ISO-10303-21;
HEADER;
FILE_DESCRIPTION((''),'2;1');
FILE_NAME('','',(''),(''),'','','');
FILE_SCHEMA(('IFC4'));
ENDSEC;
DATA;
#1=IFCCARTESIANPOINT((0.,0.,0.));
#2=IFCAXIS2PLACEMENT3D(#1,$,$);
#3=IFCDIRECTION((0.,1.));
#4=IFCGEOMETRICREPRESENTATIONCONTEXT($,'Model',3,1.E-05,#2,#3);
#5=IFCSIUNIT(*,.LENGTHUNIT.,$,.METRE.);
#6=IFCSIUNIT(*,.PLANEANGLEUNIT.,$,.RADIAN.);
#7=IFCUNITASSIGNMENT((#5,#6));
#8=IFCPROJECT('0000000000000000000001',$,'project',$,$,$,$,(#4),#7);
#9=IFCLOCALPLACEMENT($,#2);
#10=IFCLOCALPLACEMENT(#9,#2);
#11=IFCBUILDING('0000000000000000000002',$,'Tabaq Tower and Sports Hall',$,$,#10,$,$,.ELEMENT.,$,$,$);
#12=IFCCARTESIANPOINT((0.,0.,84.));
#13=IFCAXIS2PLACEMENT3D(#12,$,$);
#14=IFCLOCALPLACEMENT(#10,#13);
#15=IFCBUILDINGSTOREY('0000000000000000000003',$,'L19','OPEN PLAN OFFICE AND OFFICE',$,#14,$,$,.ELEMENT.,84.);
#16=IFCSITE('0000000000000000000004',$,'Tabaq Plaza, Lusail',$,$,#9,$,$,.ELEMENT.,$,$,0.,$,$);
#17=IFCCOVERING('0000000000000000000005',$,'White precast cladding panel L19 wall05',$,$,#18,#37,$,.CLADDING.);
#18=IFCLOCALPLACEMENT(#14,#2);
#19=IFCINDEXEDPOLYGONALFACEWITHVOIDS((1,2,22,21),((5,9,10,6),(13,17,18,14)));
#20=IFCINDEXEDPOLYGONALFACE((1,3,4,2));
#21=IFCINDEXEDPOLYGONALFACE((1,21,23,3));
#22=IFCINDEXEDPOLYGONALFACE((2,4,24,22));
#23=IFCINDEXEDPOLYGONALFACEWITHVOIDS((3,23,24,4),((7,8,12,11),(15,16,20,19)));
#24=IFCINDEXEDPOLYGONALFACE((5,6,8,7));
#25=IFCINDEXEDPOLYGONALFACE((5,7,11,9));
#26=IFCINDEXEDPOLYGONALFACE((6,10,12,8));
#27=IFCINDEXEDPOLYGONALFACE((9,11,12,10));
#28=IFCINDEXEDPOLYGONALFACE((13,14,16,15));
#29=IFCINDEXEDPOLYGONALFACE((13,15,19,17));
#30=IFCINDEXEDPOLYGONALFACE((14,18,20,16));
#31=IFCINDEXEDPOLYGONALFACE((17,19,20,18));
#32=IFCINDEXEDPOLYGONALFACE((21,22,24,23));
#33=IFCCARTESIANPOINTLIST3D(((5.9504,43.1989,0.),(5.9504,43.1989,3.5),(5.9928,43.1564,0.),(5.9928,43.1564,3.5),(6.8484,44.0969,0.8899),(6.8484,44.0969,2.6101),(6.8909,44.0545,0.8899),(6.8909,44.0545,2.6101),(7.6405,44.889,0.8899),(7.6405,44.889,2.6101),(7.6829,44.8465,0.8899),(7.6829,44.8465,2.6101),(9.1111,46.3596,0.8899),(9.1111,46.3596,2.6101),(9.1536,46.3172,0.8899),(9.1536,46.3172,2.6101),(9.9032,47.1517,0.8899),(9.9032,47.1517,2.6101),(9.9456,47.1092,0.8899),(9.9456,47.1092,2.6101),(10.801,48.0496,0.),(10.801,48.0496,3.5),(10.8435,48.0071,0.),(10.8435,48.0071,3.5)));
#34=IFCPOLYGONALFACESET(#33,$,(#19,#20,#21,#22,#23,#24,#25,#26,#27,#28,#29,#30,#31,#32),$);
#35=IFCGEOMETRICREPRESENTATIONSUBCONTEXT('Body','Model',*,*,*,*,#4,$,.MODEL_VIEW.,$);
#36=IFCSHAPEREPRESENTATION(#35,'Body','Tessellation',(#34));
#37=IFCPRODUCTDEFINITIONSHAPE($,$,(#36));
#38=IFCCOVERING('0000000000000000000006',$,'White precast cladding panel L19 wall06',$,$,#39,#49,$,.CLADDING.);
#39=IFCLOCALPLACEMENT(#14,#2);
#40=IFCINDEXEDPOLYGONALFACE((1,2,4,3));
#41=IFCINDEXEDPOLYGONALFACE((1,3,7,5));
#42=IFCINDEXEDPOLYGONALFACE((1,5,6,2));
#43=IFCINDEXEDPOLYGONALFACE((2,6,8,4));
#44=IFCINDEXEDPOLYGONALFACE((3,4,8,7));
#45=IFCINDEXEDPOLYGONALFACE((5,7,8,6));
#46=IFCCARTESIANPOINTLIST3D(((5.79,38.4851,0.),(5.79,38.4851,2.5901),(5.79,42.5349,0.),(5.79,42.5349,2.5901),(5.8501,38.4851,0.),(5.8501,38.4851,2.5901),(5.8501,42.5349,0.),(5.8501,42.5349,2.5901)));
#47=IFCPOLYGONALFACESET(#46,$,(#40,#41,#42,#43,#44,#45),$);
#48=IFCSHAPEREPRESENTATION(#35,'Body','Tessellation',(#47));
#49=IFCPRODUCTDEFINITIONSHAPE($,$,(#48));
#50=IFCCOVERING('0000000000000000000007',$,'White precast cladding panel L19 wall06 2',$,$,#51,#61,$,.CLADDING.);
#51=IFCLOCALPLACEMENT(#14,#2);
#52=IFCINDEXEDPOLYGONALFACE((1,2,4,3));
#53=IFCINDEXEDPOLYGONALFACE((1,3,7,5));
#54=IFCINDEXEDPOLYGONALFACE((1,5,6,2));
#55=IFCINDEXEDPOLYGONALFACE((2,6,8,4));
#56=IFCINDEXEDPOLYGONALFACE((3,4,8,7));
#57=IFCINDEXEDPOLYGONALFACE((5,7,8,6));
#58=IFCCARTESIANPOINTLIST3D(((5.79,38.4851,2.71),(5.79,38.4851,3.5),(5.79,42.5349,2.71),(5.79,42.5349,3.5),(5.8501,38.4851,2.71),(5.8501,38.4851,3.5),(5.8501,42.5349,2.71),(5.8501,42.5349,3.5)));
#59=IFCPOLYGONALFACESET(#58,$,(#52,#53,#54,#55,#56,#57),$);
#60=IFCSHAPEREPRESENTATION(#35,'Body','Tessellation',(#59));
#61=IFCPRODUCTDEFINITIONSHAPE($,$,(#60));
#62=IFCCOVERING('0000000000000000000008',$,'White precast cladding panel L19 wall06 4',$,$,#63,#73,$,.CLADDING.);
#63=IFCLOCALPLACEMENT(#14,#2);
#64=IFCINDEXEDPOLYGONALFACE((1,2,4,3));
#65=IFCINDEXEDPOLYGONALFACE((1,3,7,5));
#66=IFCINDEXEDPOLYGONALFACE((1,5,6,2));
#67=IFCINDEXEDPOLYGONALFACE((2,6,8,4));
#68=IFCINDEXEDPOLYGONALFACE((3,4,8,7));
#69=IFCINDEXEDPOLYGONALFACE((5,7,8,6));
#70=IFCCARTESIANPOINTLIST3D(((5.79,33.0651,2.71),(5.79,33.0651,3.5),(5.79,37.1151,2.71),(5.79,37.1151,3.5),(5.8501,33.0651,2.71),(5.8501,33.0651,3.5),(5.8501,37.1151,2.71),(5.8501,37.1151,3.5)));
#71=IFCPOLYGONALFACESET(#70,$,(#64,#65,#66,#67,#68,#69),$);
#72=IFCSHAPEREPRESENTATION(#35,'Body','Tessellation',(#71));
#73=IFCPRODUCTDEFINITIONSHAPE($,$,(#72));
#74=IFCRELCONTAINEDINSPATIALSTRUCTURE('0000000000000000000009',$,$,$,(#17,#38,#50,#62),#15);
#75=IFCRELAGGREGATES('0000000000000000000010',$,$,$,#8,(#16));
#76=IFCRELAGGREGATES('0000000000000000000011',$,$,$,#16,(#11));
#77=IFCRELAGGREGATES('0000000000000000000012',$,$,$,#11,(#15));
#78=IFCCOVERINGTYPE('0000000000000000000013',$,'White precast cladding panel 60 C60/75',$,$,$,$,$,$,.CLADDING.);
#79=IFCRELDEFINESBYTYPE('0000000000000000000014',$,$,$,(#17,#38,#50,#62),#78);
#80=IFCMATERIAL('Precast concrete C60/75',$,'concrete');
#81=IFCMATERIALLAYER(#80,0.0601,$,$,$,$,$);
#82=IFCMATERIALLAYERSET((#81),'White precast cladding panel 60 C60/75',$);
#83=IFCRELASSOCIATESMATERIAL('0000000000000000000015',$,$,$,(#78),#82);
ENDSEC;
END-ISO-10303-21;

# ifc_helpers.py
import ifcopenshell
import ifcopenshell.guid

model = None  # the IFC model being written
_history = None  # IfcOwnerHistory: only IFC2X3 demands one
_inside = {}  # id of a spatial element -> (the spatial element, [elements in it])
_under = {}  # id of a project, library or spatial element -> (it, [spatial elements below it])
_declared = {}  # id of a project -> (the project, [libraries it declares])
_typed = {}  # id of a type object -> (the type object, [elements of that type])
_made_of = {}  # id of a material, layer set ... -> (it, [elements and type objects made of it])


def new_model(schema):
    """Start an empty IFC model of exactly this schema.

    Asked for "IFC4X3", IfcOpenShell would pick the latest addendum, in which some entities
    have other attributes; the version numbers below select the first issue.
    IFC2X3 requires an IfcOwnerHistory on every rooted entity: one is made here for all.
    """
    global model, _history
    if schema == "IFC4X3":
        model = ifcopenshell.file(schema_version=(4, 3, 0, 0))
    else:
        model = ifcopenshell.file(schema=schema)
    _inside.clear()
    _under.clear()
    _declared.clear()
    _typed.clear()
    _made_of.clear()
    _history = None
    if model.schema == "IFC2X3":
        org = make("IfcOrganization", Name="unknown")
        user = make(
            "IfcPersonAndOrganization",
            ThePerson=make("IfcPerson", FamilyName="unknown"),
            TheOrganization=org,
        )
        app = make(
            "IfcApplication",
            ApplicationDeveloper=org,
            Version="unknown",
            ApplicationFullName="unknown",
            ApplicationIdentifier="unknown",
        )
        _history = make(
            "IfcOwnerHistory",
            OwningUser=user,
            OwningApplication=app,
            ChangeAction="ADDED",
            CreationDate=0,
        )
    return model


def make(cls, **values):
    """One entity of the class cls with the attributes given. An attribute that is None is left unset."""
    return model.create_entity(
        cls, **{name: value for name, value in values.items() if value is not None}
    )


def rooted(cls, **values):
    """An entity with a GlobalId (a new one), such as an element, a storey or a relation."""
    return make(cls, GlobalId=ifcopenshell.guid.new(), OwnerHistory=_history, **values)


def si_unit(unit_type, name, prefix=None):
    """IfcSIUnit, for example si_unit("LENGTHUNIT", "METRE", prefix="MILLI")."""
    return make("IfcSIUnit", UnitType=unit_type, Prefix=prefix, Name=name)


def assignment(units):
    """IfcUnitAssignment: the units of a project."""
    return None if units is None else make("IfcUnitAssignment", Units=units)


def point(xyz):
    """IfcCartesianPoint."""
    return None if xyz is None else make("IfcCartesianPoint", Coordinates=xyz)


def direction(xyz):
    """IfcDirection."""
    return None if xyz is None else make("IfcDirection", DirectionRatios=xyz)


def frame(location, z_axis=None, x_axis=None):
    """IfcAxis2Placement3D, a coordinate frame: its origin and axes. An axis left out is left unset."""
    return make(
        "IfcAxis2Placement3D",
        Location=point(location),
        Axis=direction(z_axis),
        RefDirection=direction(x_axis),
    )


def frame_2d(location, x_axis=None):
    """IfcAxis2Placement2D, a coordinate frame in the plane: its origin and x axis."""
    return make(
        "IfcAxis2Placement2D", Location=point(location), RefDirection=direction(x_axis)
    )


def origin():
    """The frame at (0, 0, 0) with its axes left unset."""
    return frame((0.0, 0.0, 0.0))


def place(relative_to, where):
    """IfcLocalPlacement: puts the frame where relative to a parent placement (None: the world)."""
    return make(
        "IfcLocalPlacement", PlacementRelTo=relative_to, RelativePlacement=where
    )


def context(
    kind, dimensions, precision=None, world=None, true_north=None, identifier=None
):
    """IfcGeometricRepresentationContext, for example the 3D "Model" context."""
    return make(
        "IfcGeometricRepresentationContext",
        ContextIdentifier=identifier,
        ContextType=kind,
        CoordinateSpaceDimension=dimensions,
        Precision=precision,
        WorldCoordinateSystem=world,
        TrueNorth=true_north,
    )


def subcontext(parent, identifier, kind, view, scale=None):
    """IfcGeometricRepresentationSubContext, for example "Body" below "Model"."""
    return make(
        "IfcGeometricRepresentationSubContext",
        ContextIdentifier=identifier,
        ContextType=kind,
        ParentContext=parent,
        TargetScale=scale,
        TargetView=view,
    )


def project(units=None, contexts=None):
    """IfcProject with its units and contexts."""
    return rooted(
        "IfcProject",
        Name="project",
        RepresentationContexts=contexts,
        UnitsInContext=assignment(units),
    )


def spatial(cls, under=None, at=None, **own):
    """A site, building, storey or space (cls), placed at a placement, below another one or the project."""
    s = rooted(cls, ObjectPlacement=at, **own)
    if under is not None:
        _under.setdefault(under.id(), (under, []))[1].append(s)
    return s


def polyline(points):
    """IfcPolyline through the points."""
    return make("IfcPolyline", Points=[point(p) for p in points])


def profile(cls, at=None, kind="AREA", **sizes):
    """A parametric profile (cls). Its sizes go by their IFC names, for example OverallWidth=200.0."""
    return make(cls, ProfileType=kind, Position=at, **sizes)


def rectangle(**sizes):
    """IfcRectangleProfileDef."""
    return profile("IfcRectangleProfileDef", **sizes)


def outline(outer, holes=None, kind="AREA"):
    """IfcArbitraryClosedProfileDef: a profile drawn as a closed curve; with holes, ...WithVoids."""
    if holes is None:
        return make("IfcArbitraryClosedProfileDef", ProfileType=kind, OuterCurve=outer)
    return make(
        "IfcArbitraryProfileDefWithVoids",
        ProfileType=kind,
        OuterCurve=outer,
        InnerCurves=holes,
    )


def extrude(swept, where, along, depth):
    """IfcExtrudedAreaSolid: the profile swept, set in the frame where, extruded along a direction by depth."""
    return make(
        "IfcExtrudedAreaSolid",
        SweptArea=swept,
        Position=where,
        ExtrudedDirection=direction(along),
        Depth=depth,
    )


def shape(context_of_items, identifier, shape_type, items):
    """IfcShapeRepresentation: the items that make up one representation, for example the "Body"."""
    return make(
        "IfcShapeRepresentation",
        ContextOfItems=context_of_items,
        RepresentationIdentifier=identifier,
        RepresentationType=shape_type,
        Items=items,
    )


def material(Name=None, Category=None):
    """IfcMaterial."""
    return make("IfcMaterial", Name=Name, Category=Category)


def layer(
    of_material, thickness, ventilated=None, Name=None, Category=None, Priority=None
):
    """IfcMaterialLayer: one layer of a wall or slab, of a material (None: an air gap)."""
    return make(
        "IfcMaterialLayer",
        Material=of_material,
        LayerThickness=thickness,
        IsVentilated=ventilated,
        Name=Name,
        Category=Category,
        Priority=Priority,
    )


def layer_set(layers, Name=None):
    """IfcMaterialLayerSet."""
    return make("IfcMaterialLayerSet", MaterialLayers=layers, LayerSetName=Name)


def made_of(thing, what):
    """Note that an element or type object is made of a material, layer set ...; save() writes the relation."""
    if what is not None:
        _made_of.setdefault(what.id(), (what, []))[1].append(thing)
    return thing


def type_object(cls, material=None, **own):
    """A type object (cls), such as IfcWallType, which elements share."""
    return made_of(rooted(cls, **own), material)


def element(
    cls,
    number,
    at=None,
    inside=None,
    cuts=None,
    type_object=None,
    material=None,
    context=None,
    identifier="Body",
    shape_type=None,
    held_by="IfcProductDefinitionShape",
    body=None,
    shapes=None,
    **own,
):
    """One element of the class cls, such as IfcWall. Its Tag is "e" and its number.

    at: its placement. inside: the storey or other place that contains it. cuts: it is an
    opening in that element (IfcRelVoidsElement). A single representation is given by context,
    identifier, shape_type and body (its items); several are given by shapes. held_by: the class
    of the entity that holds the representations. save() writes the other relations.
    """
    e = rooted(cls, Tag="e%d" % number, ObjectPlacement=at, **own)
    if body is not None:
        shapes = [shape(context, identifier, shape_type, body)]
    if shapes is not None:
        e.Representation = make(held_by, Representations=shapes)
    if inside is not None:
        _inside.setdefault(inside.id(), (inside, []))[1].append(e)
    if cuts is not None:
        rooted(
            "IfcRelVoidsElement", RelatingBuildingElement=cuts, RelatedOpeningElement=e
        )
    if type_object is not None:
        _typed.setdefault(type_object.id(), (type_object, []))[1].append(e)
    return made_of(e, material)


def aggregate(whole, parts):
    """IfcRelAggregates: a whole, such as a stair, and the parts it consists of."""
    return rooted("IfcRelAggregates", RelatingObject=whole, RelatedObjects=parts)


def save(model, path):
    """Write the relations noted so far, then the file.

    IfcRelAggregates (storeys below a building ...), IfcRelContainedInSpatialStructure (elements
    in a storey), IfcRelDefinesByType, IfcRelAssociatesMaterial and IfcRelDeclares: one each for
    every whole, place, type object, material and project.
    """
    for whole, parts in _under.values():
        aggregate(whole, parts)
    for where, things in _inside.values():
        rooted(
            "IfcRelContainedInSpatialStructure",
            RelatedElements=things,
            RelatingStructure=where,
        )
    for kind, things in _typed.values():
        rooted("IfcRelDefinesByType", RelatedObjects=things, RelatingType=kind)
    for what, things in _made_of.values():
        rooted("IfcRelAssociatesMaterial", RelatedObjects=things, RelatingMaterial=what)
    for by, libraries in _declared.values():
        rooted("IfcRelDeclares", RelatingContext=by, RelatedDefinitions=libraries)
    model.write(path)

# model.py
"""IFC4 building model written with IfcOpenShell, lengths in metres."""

from ifc_helpers import new_model, si_unit, direction, frame, frame_2d, origin, place, context, subcontext, project, spatial, polyline, rectangle, outline, extrude, material, layer, layer_set, type_object, element, save


model = new_model("IFC4")

# Units and contexts
model_context = context("Model", 3, precision=1e-05, world=origin(), true_north=direction((0.0, 1.0)))
body_context = subcontext(model_context, "Body", "Model", "MODEL_VIEW")
ifc_project = project(units=[si_unit("LENGTHUNIT", "METRE"), si_unit("PLANEANGLEUNIT", "RADIAN")], contexts=[model_context])

# Site, building, storey
site_placement = place(None, origin())
site = spatial("IfcSite", under=ifc_project, at=site_placement, Name="Tabaq Plaza, Lusail", CompositionType="ELEMENT", RefElevation=0.0)
building_placement = place(site_placement, origin())
building = spatial("IfcBuilding", under=site, at=building_placement, Name="Tabaq Tower and Sports Hall", CompositionType="ELEMENT")
storey_placement = place(building_placement, frame((0.0, 0.0, 84.0)))
storey = spatial("IfcBuildingStorey", under=building, at=storey_placement, Name="L19", Description="OPEN PLAN OFFICE AND OFFICE", CompositionType="ELEMENT", Elevation=84.0)

# Coverings
ifc_material_1 = material(Name="Precast concrete C60/75", Category="concrete")
ifc_layer_1 = layer(ifc_material_1, 0.0601)
ifc_layer_set_1 = layer_set([ifc_layer_1], Name="White precast cladding panel 60 C60/75")
covering_type_1 = type_object("IfcCoveringType", Name="White precast cladding panel 60 C60/75", PredefinedType="CLADDING", material=ifc_layer_set_1)
covering_1_placement = place(storey_placement, frame((10.8223, 48.0283, 0.0), z_axis=(0.0, 0.0, 1.0), x_axis=(-0.707107, -0.707107, 0.0)))
element("IfcCovering", 1, at=covering_1_placement, inside=storey, type_object=covering_type_1, Name="White precast cladding panel L19 wall05", PredefinedType="CLADDING", context=body_context, shape_type="SweptSolid", body=[
    extrude(outline(polyline([(0.0, 0.0), (6.8599, 0.0), (6.8599, 3.5), (0.0, 3.5), (0.0, 0.0)]), holes=[polyline([(1.2698, 2.6101), (2.3899, 2.6101), (2.3899, 0.8899), (1.2698, 0.8899), (1.2698, 2.6101)]), polyline([(4.4697, 2.6101), (5.5898, 2.6101), (5.5898, 0.8899), (4.4697, 0.8899), (4.4697, 2.6101)])]), frame((0.0, 0.03, 0.0), z_axis=(0.0, -1.0, 0.0), x_axis=(1.0, 0.0, 0.0)), (0.0, 0.0, 1.0), 0.0601),
])
covering_2_placement = place(storey_placement, frame((5.8201, 42.5349, 0.0), z_axis=(0.0, 0.0, 1.0), x_axis=(0.0, -1.0, 0.0)))
element("IfcCovering", 2, at=covering_2_placement, inside=storey, type_object=covering_type_1, Name="White precast cladding panel L19 wall06", PredefinedType="CLADDING", context=body_context, shape_type="SweptSolid", body=[
    extrude(rectangle(XDim=4.0498, YDim=0.0601, at=frame_2d((2.0249, 0.0))), origin(), (0.0, 0.0, 1.0), 2.5901),
])
covering_3_placement = place(storey_placement, frame((5.8201, 42.5349, 2.71), z_axis=(0.0, 0.0, 1.0), x_axis=(0.0, -1.0, 0.0)))
element("IfcCovering", 3, at=covering_3_placement, inside=storey, type_object=covering_type_1, Name="White precast cladding panel L19 wall06 2", PredefinedType="CLADDING", context=body_context, shape_type="SweptSolid", body=[
    extrude(rectangle(XDim=4.0498, YDim=0.0601, at=frame_2d((2.0249, 0.0))), origin(), (0.0, 0.0, 1.0), 0.79),
])
covering_4_placement = place(storey_placement, frame((5.8201, 37.115, 2.71), z_axis=(0.0, 0.0, 1.0), x_axis=(0.0, -1.0, 0.0)))
element("IfcCovering", 4, at=covering_4_placement, inside=storey, type_object=covering_type_1, Name="White precast cladding panel L19 wall06 4", PredefinedType="CLADDING", context=body_context, shape_type="SweptSolid", body=[
    extrude(rectangle(XDim=4.05, YDim=0.0601, at=frame_2d((2.0249, 0.0))), origin(), (0.0, 0.0, 1.0), 0.79),
])

save(model, "model.ifc")
